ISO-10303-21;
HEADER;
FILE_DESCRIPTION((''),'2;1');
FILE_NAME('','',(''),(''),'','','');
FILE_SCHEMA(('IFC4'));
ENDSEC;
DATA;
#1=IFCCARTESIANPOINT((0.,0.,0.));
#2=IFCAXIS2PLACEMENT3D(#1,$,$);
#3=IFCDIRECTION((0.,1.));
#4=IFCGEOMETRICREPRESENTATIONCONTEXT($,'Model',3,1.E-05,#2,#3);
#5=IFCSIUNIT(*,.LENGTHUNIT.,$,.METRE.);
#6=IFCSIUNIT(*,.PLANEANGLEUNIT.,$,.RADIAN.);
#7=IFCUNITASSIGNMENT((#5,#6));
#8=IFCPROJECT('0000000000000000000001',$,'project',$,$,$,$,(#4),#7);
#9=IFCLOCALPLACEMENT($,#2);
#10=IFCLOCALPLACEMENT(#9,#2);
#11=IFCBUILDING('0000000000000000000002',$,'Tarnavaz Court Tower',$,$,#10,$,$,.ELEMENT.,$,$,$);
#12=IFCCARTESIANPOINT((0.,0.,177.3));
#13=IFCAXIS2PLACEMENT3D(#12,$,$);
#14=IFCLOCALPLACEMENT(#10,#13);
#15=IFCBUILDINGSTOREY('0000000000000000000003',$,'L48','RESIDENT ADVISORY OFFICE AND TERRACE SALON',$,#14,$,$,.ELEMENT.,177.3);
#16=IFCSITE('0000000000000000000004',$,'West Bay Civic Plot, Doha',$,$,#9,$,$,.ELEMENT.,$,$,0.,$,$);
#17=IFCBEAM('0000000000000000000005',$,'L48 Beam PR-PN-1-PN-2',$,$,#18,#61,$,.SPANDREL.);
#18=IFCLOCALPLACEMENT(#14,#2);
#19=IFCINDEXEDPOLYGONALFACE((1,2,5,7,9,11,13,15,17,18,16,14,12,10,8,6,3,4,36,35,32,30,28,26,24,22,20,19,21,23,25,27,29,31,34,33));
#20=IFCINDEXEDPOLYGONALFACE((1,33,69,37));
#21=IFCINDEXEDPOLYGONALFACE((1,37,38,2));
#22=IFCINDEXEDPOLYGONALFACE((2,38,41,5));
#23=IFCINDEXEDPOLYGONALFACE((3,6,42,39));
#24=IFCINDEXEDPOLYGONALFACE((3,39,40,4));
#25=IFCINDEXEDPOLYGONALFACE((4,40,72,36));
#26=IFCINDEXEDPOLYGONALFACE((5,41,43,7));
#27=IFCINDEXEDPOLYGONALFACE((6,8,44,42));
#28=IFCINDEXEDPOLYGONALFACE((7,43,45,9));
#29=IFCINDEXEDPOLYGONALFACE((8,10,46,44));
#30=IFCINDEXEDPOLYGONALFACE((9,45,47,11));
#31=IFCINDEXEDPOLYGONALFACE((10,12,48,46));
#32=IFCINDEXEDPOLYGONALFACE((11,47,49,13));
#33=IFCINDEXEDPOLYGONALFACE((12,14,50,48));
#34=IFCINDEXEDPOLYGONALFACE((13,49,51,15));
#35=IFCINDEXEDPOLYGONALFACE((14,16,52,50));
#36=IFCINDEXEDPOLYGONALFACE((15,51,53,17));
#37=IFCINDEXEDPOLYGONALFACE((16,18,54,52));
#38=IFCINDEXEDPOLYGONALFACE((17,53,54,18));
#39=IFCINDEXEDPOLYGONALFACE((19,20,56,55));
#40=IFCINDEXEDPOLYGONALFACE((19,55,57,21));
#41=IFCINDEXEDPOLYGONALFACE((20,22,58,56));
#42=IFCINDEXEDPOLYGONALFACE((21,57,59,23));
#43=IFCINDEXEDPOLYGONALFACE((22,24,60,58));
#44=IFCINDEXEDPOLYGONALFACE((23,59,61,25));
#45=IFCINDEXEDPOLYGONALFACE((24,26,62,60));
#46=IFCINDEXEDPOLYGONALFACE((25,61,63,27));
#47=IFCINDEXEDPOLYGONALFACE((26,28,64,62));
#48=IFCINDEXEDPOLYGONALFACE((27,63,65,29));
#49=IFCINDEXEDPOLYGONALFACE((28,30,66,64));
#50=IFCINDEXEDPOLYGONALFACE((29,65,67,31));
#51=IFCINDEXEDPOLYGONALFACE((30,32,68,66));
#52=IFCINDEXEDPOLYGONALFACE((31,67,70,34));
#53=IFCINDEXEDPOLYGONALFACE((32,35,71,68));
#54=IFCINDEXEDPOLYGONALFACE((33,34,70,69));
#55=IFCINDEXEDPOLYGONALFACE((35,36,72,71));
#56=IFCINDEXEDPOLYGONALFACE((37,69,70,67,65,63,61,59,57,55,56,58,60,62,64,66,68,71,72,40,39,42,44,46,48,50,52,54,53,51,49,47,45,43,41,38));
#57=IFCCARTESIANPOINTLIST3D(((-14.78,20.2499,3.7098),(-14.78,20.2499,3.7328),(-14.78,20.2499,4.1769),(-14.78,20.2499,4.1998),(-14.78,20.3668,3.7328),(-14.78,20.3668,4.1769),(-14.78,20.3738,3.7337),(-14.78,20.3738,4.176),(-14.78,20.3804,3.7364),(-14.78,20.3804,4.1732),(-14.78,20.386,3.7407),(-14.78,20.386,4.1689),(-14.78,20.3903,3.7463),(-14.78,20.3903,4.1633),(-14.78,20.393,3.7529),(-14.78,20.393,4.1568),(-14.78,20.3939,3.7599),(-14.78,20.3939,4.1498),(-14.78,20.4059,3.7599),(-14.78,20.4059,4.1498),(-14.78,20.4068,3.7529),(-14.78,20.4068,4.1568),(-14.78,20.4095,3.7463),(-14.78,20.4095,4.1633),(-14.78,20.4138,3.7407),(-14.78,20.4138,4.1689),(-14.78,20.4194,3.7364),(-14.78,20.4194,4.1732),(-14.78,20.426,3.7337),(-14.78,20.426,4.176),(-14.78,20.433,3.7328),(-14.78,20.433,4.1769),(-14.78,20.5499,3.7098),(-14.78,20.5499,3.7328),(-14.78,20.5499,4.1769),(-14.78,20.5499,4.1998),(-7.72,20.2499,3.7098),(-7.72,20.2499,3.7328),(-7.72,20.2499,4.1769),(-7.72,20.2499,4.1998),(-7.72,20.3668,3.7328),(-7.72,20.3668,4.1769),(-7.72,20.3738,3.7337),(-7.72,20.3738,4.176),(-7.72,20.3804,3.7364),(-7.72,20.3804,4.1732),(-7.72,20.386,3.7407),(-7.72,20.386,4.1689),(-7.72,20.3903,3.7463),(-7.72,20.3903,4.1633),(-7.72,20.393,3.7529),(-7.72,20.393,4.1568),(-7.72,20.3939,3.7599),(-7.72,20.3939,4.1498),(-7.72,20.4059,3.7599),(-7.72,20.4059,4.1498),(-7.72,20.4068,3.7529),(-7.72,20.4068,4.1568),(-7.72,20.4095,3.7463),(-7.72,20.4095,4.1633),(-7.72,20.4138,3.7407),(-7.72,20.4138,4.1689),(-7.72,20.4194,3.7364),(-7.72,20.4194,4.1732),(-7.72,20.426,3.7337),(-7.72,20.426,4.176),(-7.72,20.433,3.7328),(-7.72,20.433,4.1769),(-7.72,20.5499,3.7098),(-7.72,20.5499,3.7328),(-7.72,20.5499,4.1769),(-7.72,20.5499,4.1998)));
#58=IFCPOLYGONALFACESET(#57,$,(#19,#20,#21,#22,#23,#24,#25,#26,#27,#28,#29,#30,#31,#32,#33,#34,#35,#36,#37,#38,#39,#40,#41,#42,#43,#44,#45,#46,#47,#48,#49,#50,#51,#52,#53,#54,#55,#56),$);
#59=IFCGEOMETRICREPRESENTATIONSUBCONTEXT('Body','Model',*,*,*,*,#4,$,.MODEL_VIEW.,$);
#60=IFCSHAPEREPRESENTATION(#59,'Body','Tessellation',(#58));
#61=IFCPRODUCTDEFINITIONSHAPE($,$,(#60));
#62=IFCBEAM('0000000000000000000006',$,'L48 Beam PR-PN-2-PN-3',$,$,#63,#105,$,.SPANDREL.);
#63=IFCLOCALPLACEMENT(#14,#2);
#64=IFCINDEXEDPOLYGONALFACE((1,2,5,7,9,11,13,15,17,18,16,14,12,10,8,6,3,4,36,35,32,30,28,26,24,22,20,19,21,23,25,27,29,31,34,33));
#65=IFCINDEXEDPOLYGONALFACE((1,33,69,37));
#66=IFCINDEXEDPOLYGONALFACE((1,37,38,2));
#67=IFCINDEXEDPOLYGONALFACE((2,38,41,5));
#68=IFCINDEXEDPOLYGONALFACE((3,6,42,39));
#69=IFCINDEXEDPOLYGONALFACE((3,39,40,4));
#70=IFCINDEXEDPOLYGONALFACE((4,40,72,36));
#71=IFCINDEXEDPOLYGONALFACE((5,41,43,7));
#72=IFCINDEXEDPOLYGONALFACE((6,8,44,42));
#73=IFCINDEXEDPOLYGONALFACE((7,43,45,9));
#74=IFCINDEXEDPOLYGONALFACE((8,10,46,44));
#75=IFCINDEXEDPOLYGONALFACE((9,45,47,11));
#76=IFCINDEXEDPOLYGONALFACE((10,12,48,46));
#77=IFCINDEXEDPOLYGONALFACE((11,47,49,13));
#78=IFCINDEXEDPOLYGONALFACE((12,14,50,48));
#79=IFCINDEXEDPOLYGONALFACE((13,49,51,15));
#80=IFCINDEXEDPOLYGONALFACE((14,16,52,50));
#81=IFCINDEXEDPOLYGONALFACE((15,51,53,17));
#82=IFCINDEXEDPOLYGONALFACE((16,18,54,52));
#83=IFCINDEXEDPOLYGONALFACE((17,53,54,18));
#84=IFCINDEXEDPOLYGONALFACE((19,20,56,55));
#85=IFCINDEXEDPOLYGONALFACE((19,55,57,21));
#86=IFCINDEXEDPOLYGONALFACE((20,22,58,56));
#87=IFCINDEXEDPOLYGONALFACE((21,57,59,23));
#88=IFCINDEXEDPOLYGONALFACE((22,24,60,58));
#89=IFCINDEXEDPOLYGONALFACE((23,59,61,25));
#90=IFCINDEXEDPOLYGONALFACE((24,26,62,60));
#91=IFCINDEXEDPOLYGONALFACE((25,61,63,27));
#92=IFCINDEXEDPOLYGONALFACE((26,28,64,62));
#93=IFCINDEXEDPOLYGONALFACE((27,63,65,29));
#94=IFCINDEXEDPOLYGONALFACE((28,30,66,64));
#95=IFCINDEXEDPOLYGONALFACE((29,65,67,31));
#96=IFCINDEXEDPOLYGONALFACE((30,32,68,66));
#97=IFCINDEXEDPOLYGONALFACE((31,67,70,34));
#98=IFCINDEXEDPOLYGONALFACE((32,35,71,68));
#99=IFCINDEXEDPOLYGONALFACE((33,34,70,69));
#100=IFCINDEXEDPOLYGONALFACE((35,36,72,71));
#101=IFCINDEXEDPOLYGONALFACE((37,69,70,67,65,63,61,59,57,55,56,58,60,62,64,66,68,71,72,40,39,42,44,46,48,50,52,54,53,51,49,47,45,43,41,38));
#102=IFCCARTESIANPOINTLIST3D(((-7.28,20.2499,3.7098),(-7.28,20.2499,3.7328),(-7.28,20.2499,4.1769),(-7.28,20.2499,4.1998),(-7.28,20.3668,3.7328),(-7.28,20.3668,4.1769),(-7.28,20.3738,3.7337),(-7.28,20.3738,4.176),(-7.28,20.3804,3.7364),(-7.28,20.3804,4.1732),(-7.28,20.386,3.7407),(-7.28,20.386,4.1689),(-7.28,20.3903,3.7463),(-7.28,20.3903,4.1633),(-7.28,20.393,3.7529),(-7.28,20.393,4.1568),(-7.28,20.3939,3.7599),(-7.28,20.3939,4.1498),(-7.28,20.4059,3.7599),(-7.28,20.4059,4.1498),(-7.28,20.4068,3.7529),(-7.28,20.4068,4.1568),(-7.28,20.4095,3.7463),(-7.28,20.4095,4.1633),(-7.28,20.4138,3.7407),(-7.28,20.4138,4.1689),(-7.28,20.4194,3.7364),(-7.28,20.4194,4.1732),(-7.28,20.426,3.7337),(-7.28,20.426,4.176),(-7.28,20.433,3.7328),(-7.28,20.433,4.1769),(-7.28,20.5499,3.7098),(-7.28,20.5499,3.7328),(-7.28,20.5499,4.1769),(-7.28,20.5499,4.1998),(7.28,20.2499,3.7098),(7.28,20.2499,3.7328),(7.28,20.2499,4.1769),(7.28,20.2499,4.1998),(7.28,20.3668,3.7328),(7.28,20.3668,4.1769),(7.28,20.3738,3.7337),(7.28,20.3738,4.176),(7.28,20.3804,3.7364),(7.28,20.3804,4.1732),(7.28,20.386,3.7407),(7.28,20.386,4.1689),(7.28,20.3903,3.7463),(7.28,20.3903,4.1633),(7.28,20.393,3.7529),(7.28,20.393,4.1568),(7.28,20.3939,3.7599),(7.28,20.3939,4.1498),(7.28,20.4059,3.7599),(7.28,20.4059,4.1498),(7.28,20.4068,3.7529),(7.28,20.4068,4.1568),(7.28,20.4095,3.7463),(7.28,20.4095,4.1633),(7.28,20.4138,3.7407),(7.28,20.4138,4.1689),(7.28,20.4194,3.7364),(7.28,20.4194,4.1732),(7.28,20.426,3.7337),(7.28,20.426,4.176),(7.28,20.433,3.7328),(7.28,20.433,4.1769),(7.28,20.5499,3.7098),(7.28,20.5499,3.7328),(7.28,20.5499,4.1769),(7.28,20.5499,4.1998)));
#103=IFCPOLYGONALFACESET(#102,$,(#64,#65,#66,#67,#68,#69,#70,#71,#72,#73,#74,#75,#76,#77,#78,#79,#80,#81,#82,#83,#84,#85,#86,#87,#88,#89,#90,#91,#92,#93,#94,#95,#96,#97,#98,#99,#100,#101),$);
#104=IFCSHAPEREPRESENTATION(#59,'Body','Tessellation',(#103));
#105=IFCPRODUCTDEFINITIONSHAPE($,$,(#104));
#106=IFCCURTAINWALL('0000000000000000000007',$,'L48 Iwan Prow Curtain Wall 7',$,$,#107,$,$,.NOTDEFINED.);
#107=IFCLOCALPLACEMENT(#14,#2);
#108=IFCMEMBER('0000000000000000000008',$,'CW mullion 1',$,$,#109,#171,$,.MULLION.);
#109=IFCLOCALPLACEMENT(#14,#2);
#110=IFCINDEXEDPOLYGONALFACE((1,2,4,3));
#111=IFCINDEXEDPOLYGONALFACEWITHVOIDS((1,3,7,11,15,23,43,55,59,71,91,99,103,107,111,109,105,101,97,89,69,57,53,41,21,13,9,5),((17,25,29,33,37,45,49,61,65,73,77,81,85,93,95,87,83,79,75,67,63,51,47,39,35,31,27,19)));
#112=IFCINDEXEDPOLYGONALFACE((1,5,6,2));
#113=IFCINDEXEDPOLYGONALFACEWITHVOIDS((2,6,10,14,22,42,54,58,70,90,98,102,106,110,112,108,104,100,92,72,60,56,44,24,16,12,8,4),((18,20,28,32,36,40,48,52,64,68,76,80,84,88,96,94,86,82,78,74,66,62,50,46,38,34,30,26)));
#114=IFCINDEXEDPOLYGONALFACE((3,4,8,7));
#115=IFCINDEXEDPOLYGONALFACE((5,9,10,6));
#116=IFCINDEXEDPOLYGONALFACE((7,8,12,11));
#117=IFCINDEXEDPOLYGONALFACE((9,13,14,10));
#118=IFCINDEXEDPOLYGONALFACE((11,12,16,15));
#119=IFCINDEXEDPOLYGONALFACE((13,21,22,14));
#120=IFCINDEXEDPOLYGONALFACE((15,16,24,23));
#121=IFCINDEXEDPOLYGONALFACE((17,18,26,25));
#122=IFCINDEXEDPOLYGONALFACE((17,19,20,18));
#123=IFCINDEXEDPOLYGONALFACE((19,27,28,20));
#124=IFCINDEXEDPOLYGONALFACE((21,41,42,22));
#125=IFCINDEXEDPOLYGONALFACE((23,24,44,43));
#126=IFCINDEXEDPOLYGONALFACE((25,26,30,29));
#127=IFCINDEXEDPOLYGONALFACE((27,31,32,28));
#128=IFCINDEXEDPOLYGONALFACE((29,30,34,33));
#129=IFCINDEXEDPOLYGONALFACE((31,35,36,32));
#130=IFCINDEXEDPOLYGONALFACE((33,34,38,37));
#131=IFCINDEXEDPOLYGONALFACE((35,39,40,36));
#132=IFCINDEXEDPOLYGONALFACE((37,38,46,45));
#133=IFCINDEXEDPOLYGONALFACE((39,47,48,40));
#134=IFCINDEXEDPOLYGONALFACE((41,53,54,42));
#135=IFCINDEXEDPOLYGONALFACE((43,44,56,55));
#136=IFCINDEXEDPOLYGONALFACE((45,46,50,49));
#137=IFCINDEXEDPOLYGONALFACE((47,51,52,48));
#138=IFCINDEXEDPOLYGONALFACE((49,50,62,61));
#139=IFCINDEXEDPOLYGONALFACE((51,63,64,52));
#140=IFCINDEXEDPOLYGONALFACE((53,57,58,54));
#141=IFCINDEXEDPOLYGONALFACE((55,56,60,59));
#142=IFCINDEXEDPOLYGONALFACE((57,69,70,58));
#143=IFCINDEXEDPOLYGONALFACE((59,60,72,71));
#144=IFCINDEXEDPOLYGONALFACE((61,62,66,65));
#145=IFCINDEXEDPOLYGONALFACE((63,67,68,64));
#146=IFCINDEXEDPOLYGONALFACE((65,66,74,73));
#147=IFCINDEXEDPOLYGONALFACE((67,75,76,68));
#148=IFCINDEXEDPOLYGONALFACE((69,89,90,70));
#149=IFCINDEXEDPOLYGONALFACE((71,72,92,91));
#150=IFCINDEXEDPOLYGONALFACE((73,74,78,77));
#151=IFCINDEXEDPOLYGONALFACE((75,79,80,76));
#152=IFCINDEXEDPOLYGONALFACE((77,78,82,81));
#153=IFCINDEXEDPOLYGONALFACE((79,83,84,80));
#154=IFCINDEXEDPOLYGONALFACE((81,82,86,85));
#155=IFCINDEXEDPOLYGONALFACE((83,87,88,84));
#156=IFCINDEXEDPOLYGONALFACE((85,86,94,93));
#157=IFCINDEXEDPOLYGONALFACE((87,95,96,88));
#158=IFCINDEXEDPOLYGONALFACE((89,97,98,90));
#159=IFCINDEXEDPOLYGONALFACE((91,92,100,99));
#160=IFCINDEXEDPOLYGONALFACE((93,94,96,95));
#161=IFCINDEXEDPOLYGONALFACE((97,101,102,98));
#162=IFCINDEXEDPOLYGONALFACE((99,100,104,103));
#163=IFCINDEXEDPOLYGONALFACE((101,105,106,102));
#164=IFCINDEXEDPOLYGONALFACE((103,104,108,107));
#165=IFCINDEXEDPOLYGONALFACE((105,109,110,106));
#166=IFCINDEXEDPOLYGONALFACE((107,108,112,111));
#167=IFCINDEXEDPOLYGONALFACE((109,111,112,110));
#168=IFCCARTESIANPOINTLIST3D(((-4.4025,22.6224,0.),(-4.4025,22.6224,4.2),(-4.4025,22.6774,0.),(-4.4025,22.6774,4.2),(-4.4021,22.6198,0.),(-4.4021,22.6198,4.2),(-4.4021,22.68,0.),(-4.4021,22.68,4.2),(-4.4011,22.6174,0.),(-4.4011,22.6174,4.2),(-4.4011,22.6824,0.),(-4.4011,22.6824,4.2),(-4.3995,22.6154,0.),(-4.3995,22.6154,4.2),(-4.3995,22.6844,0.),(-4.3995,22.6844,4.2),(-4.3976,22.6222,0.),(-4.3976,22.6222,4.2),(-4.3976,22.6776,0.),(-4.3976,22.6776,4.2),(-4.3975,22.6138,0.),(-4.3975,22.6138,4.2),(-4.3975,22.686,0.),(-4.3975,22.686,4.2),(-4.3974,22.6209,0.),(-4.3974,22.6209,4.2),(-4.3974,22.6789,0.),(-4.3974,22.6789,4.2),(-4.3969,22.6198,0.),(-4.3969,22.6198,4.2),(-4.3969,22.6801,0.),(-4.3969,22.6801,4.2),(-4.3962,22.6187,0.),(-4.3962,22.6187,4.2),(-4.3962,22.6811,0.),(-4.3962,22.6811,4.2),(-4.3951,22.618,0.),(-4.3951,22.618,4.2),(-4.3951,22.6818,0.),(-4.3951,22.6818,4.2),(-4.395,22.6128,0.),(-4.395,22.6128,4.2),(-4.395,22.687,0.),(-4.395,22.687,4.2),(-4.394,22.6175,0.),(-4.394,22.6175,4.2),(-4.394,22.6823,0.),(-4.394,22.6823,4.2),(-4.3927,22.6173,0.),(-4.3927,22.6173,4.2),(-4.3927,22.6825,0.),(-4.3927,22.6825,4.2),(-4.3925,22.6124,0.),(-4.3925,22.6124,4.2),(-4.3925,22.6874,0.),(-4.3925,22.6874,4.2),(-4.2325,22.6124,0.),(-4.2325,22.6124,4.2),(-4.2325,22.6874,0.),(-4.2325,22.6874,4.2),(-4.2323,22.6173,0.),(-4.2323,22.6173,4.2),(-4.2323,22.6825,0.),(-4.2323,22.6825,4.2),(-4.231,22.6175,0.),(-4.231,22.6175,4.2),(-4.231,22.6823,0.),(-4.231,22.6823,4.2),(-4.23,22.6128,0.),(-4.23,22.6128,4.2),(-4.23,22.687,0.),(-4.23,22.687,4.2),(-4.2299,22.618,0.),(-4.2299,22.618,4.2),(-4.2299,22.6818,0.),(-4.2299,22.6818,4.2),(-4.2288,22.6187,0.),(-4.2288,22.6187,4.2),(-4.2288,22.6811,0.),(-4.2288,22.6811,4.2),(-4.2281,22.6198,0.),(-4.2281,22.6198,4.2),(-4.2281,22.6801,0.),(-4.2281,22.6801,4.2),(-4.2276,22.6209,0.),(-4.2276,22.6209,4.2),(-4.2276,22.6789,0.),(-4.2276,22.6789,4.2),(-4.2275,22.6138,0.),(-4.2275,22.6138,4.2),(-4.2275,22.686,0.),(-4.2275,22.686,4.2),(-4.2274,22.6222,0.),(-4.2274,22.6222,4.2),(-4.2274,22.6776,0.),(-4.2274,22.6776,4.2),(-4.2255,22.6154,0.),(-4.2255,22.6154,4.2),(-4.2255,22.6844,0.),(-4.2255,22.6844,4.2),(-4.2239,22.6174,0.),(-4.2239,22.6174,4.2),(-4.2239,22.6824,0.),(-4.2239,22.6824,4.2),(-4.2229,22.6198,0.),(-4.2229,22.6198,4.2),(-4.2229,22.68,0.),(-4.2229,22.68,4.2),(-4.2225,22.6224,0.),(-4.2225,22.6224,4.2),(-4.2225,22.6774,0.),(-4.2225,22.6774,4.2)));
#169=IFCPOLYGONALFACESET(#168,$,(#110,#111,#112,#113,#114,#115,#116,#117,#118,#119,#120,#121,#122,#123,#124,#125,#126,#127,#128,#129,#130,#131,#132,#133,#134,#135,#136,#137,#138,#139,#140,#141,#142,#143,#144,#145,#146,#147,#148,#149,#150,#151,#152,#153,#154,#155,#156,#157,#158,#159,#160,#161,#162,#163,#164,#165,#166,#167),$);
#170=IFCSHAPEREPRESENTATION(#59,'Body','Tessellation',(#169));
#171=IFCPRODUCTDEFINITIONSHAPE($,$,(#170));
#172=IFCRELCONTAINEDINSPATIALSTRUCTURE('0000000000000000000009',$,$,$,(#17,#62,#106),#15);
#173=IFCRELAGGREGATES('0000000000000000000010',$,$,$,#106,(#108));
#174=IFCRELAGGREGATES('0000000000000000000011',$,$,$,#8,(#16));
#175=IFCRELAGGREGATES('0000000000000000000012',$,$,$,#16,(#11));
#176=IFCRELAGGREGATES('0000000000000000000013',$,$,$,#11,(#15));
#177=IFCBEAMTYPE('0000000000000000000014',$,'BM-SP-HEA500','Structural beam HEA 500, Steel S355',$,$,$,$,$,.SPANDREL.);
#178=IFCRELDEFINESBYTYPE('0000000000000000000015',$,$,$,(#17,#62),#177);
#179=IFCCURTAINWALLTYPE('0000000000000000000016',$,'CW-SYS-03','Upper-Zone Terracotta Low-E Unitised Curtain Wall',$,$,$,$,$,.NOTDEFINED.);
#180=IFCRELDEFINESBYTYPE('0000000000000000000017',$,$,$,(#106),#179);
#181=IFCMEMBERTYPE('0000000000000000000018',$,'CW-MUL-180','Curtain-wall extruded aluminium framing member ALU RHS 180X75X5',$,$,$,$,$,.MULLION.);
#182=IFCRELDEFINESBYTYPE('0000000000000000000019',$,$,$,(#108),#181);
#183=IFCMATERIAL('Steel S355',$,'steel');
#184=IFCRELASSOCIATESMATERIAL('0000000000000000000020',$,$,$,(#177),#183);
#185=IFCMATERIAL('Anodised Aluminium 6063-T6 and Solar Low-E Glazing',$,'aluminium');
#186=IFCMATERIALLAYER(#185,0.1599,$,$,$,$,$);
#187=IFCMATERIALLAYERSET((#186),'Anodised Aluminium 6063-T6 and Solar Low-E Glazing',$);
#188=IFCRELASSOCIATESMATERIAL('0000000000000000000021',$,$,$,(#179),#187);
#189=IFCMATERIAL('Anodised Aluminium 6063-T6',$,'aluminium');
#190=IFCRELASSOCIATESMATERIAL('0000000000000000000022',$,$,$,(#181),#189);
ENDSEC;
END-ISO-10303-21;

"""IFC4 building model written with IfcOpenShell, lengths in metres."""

from ifc_helpers import new_model, si_unit, direction, frame, origin, origin_2d, place, context, subcontext, project, spatial, hollow_rectangle, i_section, extrude, material, layer, layer_set, material_profile, profile_set, type_object, element, aggregate, save


model = new_model("IFC4")

# Units and contexts
model_context = context("Model", 3, precision=1e-05, world=origin(), true_north=direction((0.0, 1.0)))
body_context = subcontext(model_context, "Body", "Model", "MODEL_VIEW")
ifc_project = project(units=[si_unit("LENGTHUNIT", "METRE"), si_unit("PLANEANGLEUNIT", "RADIAN")], contexts=[model_context])

# Site, building, storey
site_placement = place(None, origin())
site = spatial("IfcSite", under=ifc_project, at=site_placement, Name="West Bay Civic Plot, Doha", CompositionType="ELEMENT", RefElevation=0.0)
building_placement = place(site_placement, origin())
building = spatial("IfcBuilding", under=site, at=building_placement, Name="Tarnavaz Court Tower", CompositionType="ELEMENT")
storey_placement = place(building_placement, frame((0.0, 0.0, 177.3)))
storey = spatial("IfcBuildingStorey", under=building, at=storey_placement, Name="L48", Description="RESIDENT ADVISORY OFFICE AND TERRACE SALON", CompositionType="ELEMENT", Elevation=177.3)

# Beams
ifc_material_1 = material(Name="Steel S355", Category="steel")
ifc_material_profile_1 = material_profile(ifc_material_1, i_section(OverallWidth=0.3, OverallDepth=0.49, WebThickness=0.012, FlangeThickness=0.0229, FilletRadius=0.0271, at=origin_2d()), Name="HEA 500")
ifc_profile_set_1 = profile_set([ifc_material_profile_1], Name="Steel S355")
beam_type_1 = type_object("IfcBeamType", Name="BM-SP-HEA500", Description="Structural beam HEA 500, Steel S355", PredefinedType="SPANDREL", material=ifc_profile_set_1)
beam_1_placement = place(storey_placement, frame((-14.78, 20.3999, 3.9548), z_axis=(1.0, 0.0, 0.0), x_axis=(0.0, 1.0, 0.0)))
element("IfcBeam", 1, at=beam_1_placement, inside=storey, type_object=beam_type_1, Name="L48 Beam PR-PN-1-PN-2", PredefinedType="SPANDREL", context=body_context, shape_type="SweptSolid", body=[
    extrude(i_section(OverallWidth=0.3, OverallDepth=0.49, WebThickness=0.012, FlangeThickness=0.0229, FilletRadius=0.0271, at=origin_2d()), origin(), (0.0, 0.0, 1.0), 7.0601),
])
beam_2_placement = place(storey_placement, frame((-7.28, 20.3999, 3.9548), z_axis=(1.0, 0.0, 0.0), x_axis=(0.0, 1.0, 0.0)))
element("IfcBeam", 2, at=beam_2_placement, inside=storey, type_object=beam_type_1, Name="L48 Beam PR-PN-2-PN-3", PredefinedType="SPANDREL", context=body_context, shape_type="SweptSolid", body=[
    extrude(i_section(OverallWidth=0.3, OverallDepth=0.49, WebThickness=0.012, FlangeThickness=0.0229, FilletRadius=0.0271, at=origin_2d()), origin(), (0.0, 0.0, 1.0), 14.5601),
])

# Curtain wall, member
ifc_material_2 = material(Name="Anodised Aluminium 6063-T6 and Solar Low-E Glazing", Category="aluminium")
ifc_layer_1 = layer(ifc_material_2, 0.1599)
ifc_layer_set_1 = layer_set([ifc_layer_1], Name="Anodised Aluminium 6063-T6 and Solar Low-E Glazing")
curtain_wall_type = type_object("IfcCurtainWallType", Name="CW-SYS-03", Description="Upper-Zone Terracotta Low-E Unitised Curtain Wall", PredefinedType="NOTDEFINED", material=ifc_layer_set_1)
curtain_wall_placement = place(storey_placement, origin())
curtain_wall = element("IfcCurtainWall", 3, at=curtain_wall_placement, inside=storey, type_object=curtain_wall_type, Name="L48 Iwan Prow Curtain Wall 7", PredefinedType="NOTDEFINED")
ifc_material_3 = material(Name="Anodised Aluminium 6063-T6", Category="aluminium")
ifc_material_profile_2 = material_profile(ifc_material_3, hollow_rectangle(XDim=0.075, YDim=0.1799, WallThickness=0.0049, InnerFilletRadius=0.0049, OuterFilletRadius=0.01, at=origin_2d()), Name="ALU RHS 180X75X5")
ifc_profile_set_2 = profile_set([ifc_material_profile_2], Name="Anodised Aluminium 6063-T6")
member_type_1 = type_object("IfcMemberType", Name="CW-MUL-180", Description="Curtain-wall extruded aluminium framing member ALU RHS 180X75X5", PredefinedType="MULLION", material=ifc_profile_set_2)
member_1_placement = place(storey_placement, frame((-4.3125, 22.6499, 0.0), z_axis=(0.0, 0.0, 1.0), x_axis=(0.0, 1.0, 0.0)))
member_1 = element("IfcMember", 4, at=member_1_placement, type_object=member_type_1, Name="CW mullion 1", PredefinedType="MULLION", context=body_context, shape_type="SweptSolid", body=[
    extrude(hollow_rectangle(XDim=0.075, YDim=0.1799, WallThickness=0.0049, InnerFilletRadius=0.0049, OuterFilletRadius=0.01, at=origin_2d()), origin(), (0.0, 0.0, 1.0), 4.2),
])
aggregate(curtain_wall, [member_1])

save(model, "model.ifc")
